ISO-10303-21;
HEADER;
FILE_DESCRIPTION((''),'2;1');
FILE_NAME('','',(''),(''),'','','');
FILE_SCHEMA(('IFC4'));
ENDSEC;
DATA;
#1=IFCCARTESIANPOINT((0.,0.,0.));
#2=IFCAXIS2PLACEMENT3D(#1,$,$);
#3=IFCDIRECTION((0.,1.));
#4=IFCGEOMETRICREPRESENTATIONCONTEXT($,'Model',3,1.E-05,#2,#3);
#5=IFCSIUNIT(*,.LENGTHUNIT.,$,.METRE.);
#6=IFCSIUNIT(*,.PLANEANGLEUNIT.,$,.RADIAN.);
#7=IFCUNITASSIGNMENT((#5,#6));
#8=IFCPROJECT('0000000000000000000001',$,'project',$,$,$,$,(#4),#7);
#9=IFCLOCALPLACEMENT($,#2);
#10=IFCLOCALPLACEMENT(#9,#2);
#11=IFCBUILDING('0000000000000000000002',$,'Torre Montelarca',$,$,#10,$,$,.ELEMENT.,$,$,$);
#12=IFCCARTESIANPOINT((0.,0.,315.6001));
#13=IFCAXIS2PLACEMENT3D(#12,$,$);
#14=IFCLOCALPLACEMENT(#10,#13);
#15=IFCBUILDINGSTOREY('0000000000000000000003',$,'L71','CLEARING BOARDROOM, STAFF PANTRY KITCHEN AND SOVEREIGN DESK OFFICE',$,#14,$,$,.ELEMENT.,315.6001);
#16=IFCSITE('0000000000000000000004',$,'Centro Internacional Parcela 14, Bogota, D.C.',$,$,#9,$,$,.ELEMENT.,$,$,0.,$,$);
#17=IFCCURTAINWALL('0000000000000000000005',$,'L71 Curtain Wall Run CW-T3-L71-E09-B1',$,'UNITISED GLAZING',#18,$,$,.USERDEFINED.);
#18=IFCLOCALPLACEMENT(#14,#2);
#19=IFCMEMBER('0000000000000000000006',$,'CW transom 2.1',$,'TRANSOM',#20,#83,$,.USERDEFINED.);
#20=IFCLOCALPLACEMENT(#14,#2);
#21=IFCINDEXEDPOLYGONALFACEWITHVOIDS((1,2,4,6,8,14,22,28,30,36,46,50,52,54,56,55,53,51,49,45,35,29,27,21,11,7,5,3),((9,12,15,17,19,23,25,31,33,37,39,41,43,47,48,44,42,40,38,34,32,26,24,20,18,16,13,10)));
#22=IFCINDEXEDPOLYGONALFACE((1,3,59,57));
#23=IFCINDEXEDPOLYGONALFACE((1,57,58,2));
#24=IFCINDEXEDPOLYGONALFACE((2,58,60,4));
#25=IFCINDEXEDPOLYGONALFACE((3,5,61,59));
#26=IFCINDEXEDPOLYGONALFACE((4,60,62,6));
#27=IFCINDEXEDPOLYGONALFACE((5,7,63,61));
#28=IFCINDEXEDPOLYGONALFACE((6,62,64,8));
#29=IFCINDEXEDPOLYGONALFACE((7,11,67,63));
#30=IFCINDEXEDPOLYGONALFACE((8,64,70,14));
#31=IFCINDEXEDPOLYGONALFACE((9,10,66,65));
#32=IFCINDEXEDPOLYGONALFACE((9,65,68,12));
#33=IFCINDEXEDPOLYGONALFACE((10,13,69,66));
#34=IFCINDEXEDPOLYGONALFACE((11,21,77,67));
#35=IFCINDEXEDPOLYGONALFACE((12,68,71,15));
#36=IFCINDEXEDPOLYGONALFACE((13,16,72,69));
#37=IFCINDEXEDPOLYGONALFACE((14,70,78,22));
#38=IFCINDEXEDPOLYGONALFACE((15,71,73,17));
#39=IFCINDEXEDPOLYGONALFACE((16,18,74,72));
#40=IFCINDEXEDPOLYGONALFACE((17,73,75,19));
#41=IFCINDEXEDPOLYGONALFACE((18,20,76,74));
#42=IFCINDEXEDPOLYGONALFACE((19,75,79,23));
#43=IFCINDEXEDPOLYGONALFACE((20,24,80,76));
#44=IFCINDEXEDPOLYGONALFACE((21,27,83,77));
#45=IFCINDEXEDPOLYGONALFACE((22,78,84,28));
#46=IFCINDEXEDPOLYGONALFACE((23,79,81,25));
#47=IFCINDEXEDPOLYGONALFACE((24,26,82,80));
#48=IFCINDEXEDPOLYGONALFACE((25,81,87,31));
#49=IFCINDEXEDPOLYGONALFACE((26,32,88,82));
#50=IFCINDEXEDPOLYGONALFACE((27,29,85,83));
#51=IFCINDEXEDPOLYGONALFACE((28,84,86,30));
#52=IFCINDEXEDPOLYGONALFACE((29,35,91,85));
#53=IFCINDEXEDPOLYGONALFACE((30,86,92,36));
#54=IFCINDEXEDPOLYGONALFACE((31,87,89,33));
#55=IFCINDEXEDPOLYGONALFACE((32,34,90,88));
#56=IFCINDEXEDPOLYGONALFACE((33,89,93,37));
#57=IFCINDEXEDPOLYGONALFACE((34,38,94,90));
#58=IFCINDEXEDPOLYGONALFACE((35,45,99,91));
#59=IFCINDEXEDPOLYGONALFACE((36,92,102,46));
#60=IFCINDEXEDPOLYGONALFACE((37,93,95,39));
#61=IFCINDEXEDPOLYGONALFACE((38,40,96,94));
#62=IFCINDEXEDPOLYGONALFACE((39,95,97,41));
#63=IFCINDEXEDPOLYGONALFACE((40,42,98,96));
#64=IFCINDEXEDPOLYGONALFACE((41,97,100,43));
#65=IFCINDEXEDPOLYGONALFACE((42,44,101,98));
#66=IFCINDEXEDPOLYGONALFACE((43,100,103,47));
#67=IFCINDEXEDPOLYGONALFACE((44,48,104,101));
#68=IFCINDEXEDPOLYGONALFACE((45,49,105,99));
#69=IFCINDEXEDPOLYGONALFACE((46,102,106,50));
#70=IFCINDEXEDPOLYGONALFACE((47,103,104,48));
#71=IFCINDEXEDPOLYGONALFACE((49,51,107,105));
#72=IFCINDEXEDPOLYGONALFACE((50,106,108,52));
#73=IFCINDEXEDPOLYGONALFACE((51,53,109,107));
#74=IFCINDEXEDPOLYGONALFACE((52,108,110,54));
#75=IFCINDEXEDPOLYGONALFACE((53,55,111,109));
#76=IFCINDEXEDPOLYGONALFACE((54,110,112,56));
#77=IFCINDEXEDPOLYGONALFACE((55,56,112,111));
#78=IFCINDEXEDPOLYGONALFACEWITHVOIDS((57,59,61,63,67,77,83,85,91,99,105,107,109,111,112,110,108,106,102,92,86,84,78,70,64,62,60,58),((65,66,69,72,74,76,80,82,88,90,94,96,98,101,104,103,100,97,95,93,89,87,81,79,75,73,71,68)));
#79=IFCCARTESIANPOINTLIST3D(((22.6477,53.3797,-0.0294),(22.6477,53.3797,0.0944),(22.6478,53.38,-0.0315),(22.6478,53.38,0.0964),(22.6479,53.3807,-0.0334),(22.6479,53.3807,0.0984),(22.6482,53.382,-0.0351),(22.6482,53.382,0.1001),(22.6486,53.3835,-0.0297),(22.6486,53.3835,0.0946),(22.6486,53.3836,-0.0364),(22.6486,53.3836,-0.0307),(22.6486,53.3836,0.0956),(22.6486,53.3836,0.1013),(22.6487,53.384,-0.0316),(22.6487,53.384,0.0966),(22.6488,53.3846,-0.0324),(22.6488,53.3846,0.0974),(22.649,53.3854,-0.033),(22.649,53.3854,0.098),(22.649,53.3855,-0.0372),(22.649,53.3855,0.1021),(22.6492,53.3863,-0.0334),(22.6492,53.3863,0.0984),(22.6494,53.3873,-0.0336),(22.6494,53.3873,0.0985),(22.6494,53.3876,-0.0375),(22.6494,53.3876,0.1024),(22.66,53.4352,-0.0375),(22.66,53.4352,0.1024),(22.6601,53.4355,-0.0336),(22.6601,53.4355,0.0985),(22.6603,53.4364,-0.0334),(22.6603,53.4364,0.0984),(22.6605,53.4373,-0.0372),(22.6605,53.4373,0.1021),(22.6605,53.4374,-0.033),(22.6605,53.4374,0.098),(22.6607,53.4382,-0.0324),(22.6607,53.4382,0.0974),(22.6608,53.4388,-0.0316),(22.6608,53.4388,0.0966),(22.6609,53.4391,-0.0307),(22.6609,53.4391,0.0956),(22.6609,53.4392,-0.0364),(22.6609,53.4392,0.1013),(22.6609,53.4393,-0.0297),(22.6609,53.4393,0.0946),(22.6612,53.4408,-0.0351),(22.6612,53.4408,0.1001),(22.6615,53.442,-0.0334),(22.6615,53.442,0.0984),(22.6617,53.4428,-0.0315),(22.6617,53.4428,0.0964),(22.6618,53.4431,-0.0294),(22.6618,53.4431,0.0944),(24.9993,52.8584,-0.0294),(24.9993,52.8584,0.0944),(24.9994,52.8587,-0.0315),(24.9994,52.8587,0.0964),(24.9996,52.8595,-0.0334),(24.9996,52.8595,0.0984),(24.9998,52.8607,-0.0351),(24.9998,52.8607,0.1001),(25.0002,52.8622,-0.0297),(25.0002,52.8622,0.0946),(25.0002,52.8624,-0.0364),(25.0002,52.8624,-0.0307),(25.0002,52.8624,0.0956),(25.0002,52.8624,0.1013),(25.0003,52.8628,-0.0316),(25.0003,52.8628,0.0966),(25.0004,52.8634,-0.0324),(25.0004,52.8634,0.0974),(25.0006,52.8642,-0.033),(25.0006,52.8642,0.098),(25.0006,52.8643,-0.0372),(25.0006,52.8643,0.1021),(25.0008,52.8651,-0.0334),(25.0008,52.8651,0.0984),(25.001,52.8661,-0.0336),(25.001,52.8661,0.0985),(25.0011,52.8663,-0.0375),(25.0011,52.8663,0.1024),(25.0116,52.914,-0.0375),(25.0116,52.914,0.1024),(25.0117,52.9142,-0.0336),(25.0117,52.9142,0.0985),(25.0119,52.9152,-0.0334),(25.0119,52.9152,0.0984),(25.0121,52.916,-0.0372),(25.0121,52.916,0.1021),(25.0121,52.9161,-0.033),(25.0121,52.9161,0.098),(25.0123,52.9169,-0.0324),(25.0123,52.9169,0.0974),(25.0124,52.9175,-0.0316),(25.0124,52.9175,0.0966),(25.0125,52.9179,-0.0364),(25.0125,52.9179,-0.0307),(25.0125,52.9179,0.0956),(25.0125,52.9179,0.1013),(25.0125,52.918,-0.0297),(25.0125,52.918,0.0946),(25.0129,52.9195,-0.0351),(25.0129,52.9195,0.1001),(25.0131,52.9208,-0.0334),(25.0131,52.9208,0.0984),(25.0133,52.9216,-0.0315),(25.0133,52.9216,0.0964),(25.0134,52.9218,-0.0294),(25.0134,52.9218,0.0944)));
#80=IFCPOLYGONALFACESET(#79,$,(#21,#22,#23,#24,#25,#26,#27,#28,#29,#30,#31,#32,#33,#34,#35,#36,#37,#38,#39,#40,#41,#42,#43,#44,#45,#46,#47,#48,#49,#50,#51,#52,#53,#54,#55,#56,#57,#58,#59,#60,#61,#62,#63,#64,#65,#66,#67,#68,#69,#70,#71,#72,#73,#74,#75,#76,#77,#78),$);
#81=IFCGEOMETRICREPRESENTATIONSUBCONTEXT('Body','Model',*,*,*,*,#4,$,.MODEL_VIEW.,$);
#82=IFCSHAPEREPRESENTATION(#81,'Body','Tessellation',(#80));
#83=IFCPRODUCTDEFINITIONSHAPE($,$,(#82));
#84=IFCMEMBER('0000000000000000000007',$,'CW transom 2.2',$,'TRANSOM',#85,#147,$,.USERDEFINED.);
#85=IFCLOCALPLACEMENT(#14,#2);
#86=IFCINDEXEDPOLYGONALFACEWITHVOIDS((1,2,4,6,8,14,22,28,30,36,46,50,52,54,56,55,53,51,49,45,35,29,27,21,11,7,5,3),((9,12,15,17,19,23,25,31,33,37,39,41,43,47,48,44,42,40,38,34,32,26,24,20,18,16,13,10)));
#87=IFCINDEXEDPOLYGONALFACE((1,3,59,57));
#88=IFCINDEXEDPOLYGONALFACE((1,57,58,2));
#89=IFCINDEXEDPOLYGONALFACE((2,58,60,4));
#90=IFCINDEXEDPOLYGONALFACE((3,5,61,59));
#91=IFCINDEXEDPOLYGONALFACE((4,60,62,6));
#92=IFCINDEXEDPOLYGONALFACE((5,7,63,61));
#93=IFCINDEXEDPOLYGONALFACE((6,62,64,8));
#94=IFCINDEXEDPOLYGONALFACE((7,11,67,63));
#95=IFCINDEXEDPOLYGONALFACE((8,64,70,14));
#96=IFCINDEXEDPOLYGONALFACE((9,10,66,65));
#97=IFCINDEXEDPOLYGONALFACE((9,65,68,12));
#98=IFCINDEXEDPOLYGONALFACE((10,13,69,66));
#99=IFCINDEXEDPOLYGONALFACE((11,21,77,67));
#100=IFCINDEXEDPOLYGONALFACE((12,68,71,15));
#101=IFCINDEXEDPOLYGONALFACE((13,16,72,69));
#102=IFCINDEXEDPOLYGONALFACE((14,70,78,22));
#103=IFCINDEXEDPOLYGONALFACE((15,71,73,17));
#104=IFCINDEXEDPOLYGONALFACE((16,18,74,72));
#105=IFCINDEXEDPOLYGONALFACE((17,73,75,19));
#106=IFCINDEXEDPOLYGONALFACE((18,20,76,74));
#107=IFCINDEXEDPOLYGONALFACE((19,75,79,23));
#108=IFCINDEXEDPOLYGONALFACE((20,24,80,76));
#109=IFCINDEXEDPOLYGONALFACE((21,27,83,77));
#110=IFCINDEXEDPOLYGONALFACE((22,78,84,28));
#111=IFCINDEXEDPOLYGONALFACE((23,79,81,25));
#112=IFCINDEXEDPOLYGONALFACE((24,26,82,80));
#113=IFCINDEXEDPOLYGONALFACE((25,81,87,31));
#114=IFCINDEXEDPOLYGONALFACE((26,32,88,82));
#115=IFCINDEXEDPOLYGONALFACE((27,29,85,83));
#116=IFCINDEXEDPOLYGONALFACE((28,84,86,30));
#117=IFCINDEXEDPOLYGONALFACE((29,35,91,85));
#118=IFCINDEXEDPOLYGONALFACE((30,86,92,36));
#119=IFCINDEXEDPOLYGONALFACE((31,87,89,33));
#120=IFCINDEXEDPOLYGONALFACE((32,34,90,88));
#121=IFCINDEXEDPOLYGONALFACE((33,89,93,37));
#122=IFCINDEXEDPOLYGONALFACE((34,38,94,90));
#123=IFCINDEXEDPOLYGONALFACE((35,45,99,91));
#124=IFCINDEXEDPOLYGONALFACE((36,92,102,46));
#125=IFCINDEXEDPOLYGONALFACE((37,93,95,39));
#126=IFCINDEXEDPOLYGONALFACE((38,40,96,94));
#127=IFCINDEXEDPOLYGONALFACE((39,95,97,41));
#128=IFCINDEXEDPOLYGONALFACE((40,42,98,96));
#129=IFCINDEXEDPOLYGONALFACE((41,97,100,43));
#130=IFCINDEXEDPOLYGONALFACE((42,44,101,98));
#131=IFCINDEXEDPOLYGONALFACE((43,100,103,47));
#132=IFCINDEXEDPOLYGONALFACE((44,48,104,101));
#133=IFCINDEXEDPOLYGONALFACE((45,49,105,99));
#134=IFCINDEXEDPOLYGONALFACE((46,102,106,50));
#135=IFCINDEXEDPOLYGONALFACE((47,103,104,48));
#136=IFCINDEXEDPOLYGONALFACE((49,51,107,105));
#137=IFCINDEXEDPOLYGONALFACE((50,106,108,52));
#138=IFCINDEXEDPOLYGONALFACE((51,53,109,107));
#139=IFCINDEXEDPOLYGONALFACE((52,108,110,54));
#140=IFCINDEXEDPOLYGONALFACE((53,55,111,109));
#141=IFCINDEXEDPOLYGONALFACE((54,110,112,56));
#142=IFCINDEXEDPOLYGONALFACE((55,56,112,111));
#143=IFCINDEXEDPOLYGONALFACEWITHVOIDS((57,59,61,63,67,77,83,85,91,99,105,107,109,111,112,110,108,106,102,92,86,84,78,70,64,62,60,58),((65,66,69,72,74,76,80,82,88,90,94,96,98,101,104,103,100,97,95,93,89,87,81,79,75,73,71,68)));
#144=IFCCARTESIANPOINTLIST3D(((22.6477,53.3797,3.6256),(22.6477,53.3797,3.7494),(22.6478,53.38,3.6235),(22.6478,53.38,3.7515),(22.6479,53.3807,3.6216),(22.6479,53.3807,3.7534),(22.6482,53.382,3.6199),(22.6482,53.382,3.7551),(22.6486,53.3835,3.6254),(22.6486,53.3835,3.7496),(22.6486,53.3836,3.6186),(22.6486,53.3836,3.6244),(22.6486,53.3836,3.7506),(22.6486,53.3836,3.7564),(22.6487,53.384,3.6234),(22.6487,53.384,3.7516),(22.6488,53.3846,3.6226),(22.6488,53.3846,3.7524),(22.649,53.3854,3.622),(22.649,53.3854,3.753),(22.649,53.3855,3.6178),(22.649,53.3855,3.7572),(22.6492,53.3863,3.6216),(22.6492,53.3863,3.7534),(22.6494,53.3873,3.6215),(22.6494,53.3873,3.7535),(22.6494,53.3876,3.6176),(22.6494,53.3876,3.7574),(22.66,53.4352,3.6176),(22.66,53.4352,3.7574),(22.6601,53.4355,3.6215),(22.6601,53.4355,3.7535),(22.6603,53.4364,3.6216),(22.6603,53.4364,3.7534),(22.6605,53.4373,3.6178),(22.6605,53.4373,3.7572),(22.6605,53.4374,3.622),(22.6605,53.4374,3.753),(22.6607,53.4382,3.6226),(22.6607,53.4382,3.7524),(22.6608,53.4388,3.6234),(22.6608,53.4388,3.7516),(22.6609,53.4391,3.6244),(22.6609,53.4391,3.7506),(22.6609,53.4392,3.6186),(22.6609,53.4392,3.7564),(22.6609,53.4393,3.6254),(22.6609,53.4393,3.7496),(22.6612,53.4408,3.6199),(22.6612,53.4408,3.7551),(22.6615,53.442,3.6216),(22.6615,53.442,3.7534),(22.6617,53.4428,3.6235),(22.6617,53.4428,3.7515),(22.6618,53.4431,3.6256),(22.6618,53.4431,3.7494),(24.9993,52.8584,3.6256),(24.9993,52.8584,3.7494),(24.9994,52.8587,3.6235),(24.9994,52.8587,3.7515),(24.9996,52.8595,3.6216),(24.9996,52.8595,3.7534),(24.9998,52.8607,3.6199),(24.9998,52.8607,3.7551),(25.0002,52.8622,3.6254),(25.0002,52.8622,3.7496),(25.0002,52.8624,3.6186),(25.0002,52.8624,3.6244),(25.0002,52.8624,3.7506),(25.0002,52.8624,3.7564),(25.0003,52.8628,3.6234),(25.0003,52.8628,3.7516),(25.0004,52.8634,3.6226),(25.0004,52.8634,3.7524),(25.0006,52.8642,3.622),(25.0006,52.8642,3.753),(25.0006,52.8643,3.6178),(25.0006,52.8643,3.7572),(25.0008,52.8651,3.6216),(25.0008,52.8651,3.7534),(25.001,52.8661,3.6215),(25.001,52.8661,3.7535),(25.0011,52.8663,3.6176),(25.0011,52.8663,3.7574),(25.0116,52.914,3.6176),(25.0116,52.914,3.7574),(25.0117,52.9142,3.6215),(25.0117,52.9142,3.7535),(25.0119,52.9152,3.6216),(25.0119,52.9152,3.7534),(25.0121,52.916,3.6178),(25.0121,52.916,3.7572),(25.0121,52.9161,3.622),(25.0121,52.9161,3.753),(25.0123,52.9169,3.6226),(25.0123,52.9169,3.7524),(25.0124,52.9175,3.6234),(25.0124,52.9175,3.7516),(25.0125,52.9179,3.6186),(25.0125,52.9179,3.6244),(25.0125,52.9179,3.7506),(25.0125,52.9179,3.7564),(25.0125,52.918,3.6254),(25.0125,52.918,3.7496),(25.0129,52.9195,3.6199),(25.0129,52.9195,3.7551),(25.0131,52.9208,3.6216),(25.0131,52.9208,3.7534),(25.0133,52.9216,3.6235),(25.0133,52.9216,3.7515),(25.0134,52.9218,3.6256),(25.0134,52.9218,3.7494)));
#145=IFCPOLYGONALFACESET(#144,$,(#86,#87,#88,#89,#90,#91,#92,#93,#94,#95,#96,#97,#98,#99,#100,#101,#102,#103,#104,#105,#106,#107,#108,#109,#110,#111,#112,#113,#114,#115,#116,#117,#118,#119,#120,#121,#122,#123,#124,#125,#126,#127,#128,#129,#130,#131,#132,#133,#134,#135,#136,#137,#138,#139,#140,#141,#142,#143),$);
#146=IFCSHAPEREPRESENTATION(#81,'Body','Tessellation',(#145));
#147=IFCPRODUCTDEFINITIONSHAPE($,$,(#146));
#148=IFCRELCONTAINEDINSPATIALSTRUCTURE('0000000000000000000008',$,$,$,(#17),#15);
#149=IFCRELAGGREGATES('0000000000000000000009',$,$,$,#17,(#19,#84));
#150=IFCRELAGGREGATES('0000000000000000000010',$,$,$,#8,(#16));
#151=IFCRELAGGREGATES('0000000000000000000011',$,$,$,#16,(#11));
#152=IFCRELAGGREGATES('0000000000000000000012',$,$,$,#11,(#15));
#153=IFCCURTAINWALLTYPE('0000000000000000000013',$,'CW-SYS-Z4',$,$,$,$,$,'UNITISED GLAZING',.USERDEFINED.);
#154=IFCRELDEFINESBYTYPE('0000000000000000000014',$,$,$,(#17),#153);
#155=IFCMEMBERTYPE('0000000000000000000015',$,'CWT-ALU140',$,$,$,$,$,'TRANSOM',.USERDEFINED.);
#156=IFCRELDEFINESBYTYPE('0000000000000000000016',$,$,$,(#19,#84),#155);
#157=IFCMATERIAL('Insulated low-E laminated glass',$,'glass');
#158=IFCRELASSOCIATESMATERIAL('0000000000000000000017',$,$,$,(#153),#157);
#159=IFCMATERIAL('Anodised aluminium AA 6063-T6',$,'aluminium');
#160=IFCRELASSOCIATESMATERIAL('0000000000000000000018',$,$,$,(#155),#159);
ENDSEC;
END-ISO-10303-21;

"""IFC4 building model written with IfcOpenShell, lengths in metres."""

from ifc_helpers import new_model, si_unit, direction, frame, origin, origin_2d, place, context, subcontext, project, spatial, hollow_rectangle, extrude, source, transform, mapped, material, material_profile, profile_set, type_object, element, aggregate, save


model = new_model("IFC4")

# Units and contexts
model_context = context("Model", 3, precision=1e-05, world=origin(), true_north=direction((0.0, 1.0)))
body_context = subcontext(model_context, "Body", "Model", "MODEL_VIEW")
ifc_project = project(units=[si_unit("LENGTHUNIT", "METRE"), si_unit("PLANEANGLEUNIT", "RADIAN")], contexts=[model_context])

# Site, building, storey
site_placement = place(None, origin())
site = spatial("IfcSite", under=ifc_project, at=site_placement, Name="Centro Internacional Parcela 14, Bogota, D.C.", CompositionType="ELEMENT", RefElevation=0.0)
building_placement = place(site_placement, origin())
building = spatial("IfcBuilding", under=site, at=building_placement, Name="Torre Montelarca", CompositionType="ELEMENT")
storey_placement = place(building_placement, frame((0.0, 0.0, 315.6001)))
storey = spatial("IfcBuildingStorey", under=building, at=storey_placement, Name="L71", Description="CLEARING BOARDROOM, STAFF PANTRY KITCHEN AND SOVEREIGN DESK OFFICE", CompositionType="ELEMENT", Elevation=315.6001)

# Curtain wall
ifc_material_1 = material(Name="Insulated low-E laminated glass", Category="glass")
curtain_wall_type = type_object("IfcCurtainWallType", Name="CW-SYS-Z4", ElementType="UNITISED GLAZING", PredefinedType="USERDEFINED", material=ifc_material_1)
curtain_wall_1_placement = place(storey_placement, origin())
curtain_wall_1 = element("IfcCurtainWall", 1, at=curtain_wall_1_placement, inside=storey, type_object=curtain_wall_type, Name="L71 Curtain Wall Run CW-T3-L71-E09-B1", ObjectType="UNITISED GLAZING", PredefinedType="USERDEFINED")
ifc_material_2 = material(Name="Anodised aluminium AA 6063-T6", Category="aluminium")

# Members
ifc_material_profile_1 = material_profile(ifc_material_2, hollow_rectangle(XDim=0.0649, YDim=0.1399, WallThickness=0.0039, InnerFilletRadius=0.0039, OuterFilletRadius=0.0081, at=origin_2d()), Name="ALU65X140X4", Category="aluminium")
ifc_profile_set_1 = profile_set([ifc_material_profile_1], Name="Anodised aluminium AA 6063-T6")
member_type_1 = type_object("IfcMemberType", Name="CWT-ALU140", ElementType="TRANSOM", PredefinedType="USERDEFINED", material=ifc_profile_set_1)
shared_shape_1 = source(origin(), body_context, "Body", "SweptSolid", [
    extrude(hollow_rectangle(XDim=0.0649, YDim=0.1399, WallThickness=0.0039, InnerFilletRadius=0.0039, OuterFilletRadius=0.0081, at=origin_2d()), origin(), (0.0, 0.0, 1.0), 2.4087),
])
member_1_placement = place(storey_placement, frame((25.0063, 52.8901, 0.0325), z_axis=(-0.976304, 0.216405, 0.0), x_axis=(-0.216405, -0.976304, 0.0)))
member_1 = element("IfcMember", 2, at=member_1_placement, type_object=member_type_1, Name="CW transom 2.1", ObjectType="TRANSOM", PredefinedType="USERDEFINED", context=body_context, shape_type="MappedRepresentation", body=[
    mapped(shared_shape_1, transform((0.0, 0.0, 0.0), scale=1.0)),
])
member_2_placement = place(storey_placement, frame((25.0063, 52.8901, 3.6875), z_axis=(-0.976304, 0.216405, 0.0), x_axis=(-0.216405, -0.976304, 0.0)))
member_2 = element("IfcMember", 3, at=member_2_placement, type_object=member_type_1, Name="CW transom 2.2", ObjectType="TRANSOM", PredefinedType="USERDEFINED", context=body_context, shape_type="MappedRepresentation", body=[
    mapped(shared_shape_1, transform((0.0, 0.0, 0.0), scale=1.0)),
])

aggregate(curtain_wall_1, [member_1, member_2])

save(model, "model.ifc")
